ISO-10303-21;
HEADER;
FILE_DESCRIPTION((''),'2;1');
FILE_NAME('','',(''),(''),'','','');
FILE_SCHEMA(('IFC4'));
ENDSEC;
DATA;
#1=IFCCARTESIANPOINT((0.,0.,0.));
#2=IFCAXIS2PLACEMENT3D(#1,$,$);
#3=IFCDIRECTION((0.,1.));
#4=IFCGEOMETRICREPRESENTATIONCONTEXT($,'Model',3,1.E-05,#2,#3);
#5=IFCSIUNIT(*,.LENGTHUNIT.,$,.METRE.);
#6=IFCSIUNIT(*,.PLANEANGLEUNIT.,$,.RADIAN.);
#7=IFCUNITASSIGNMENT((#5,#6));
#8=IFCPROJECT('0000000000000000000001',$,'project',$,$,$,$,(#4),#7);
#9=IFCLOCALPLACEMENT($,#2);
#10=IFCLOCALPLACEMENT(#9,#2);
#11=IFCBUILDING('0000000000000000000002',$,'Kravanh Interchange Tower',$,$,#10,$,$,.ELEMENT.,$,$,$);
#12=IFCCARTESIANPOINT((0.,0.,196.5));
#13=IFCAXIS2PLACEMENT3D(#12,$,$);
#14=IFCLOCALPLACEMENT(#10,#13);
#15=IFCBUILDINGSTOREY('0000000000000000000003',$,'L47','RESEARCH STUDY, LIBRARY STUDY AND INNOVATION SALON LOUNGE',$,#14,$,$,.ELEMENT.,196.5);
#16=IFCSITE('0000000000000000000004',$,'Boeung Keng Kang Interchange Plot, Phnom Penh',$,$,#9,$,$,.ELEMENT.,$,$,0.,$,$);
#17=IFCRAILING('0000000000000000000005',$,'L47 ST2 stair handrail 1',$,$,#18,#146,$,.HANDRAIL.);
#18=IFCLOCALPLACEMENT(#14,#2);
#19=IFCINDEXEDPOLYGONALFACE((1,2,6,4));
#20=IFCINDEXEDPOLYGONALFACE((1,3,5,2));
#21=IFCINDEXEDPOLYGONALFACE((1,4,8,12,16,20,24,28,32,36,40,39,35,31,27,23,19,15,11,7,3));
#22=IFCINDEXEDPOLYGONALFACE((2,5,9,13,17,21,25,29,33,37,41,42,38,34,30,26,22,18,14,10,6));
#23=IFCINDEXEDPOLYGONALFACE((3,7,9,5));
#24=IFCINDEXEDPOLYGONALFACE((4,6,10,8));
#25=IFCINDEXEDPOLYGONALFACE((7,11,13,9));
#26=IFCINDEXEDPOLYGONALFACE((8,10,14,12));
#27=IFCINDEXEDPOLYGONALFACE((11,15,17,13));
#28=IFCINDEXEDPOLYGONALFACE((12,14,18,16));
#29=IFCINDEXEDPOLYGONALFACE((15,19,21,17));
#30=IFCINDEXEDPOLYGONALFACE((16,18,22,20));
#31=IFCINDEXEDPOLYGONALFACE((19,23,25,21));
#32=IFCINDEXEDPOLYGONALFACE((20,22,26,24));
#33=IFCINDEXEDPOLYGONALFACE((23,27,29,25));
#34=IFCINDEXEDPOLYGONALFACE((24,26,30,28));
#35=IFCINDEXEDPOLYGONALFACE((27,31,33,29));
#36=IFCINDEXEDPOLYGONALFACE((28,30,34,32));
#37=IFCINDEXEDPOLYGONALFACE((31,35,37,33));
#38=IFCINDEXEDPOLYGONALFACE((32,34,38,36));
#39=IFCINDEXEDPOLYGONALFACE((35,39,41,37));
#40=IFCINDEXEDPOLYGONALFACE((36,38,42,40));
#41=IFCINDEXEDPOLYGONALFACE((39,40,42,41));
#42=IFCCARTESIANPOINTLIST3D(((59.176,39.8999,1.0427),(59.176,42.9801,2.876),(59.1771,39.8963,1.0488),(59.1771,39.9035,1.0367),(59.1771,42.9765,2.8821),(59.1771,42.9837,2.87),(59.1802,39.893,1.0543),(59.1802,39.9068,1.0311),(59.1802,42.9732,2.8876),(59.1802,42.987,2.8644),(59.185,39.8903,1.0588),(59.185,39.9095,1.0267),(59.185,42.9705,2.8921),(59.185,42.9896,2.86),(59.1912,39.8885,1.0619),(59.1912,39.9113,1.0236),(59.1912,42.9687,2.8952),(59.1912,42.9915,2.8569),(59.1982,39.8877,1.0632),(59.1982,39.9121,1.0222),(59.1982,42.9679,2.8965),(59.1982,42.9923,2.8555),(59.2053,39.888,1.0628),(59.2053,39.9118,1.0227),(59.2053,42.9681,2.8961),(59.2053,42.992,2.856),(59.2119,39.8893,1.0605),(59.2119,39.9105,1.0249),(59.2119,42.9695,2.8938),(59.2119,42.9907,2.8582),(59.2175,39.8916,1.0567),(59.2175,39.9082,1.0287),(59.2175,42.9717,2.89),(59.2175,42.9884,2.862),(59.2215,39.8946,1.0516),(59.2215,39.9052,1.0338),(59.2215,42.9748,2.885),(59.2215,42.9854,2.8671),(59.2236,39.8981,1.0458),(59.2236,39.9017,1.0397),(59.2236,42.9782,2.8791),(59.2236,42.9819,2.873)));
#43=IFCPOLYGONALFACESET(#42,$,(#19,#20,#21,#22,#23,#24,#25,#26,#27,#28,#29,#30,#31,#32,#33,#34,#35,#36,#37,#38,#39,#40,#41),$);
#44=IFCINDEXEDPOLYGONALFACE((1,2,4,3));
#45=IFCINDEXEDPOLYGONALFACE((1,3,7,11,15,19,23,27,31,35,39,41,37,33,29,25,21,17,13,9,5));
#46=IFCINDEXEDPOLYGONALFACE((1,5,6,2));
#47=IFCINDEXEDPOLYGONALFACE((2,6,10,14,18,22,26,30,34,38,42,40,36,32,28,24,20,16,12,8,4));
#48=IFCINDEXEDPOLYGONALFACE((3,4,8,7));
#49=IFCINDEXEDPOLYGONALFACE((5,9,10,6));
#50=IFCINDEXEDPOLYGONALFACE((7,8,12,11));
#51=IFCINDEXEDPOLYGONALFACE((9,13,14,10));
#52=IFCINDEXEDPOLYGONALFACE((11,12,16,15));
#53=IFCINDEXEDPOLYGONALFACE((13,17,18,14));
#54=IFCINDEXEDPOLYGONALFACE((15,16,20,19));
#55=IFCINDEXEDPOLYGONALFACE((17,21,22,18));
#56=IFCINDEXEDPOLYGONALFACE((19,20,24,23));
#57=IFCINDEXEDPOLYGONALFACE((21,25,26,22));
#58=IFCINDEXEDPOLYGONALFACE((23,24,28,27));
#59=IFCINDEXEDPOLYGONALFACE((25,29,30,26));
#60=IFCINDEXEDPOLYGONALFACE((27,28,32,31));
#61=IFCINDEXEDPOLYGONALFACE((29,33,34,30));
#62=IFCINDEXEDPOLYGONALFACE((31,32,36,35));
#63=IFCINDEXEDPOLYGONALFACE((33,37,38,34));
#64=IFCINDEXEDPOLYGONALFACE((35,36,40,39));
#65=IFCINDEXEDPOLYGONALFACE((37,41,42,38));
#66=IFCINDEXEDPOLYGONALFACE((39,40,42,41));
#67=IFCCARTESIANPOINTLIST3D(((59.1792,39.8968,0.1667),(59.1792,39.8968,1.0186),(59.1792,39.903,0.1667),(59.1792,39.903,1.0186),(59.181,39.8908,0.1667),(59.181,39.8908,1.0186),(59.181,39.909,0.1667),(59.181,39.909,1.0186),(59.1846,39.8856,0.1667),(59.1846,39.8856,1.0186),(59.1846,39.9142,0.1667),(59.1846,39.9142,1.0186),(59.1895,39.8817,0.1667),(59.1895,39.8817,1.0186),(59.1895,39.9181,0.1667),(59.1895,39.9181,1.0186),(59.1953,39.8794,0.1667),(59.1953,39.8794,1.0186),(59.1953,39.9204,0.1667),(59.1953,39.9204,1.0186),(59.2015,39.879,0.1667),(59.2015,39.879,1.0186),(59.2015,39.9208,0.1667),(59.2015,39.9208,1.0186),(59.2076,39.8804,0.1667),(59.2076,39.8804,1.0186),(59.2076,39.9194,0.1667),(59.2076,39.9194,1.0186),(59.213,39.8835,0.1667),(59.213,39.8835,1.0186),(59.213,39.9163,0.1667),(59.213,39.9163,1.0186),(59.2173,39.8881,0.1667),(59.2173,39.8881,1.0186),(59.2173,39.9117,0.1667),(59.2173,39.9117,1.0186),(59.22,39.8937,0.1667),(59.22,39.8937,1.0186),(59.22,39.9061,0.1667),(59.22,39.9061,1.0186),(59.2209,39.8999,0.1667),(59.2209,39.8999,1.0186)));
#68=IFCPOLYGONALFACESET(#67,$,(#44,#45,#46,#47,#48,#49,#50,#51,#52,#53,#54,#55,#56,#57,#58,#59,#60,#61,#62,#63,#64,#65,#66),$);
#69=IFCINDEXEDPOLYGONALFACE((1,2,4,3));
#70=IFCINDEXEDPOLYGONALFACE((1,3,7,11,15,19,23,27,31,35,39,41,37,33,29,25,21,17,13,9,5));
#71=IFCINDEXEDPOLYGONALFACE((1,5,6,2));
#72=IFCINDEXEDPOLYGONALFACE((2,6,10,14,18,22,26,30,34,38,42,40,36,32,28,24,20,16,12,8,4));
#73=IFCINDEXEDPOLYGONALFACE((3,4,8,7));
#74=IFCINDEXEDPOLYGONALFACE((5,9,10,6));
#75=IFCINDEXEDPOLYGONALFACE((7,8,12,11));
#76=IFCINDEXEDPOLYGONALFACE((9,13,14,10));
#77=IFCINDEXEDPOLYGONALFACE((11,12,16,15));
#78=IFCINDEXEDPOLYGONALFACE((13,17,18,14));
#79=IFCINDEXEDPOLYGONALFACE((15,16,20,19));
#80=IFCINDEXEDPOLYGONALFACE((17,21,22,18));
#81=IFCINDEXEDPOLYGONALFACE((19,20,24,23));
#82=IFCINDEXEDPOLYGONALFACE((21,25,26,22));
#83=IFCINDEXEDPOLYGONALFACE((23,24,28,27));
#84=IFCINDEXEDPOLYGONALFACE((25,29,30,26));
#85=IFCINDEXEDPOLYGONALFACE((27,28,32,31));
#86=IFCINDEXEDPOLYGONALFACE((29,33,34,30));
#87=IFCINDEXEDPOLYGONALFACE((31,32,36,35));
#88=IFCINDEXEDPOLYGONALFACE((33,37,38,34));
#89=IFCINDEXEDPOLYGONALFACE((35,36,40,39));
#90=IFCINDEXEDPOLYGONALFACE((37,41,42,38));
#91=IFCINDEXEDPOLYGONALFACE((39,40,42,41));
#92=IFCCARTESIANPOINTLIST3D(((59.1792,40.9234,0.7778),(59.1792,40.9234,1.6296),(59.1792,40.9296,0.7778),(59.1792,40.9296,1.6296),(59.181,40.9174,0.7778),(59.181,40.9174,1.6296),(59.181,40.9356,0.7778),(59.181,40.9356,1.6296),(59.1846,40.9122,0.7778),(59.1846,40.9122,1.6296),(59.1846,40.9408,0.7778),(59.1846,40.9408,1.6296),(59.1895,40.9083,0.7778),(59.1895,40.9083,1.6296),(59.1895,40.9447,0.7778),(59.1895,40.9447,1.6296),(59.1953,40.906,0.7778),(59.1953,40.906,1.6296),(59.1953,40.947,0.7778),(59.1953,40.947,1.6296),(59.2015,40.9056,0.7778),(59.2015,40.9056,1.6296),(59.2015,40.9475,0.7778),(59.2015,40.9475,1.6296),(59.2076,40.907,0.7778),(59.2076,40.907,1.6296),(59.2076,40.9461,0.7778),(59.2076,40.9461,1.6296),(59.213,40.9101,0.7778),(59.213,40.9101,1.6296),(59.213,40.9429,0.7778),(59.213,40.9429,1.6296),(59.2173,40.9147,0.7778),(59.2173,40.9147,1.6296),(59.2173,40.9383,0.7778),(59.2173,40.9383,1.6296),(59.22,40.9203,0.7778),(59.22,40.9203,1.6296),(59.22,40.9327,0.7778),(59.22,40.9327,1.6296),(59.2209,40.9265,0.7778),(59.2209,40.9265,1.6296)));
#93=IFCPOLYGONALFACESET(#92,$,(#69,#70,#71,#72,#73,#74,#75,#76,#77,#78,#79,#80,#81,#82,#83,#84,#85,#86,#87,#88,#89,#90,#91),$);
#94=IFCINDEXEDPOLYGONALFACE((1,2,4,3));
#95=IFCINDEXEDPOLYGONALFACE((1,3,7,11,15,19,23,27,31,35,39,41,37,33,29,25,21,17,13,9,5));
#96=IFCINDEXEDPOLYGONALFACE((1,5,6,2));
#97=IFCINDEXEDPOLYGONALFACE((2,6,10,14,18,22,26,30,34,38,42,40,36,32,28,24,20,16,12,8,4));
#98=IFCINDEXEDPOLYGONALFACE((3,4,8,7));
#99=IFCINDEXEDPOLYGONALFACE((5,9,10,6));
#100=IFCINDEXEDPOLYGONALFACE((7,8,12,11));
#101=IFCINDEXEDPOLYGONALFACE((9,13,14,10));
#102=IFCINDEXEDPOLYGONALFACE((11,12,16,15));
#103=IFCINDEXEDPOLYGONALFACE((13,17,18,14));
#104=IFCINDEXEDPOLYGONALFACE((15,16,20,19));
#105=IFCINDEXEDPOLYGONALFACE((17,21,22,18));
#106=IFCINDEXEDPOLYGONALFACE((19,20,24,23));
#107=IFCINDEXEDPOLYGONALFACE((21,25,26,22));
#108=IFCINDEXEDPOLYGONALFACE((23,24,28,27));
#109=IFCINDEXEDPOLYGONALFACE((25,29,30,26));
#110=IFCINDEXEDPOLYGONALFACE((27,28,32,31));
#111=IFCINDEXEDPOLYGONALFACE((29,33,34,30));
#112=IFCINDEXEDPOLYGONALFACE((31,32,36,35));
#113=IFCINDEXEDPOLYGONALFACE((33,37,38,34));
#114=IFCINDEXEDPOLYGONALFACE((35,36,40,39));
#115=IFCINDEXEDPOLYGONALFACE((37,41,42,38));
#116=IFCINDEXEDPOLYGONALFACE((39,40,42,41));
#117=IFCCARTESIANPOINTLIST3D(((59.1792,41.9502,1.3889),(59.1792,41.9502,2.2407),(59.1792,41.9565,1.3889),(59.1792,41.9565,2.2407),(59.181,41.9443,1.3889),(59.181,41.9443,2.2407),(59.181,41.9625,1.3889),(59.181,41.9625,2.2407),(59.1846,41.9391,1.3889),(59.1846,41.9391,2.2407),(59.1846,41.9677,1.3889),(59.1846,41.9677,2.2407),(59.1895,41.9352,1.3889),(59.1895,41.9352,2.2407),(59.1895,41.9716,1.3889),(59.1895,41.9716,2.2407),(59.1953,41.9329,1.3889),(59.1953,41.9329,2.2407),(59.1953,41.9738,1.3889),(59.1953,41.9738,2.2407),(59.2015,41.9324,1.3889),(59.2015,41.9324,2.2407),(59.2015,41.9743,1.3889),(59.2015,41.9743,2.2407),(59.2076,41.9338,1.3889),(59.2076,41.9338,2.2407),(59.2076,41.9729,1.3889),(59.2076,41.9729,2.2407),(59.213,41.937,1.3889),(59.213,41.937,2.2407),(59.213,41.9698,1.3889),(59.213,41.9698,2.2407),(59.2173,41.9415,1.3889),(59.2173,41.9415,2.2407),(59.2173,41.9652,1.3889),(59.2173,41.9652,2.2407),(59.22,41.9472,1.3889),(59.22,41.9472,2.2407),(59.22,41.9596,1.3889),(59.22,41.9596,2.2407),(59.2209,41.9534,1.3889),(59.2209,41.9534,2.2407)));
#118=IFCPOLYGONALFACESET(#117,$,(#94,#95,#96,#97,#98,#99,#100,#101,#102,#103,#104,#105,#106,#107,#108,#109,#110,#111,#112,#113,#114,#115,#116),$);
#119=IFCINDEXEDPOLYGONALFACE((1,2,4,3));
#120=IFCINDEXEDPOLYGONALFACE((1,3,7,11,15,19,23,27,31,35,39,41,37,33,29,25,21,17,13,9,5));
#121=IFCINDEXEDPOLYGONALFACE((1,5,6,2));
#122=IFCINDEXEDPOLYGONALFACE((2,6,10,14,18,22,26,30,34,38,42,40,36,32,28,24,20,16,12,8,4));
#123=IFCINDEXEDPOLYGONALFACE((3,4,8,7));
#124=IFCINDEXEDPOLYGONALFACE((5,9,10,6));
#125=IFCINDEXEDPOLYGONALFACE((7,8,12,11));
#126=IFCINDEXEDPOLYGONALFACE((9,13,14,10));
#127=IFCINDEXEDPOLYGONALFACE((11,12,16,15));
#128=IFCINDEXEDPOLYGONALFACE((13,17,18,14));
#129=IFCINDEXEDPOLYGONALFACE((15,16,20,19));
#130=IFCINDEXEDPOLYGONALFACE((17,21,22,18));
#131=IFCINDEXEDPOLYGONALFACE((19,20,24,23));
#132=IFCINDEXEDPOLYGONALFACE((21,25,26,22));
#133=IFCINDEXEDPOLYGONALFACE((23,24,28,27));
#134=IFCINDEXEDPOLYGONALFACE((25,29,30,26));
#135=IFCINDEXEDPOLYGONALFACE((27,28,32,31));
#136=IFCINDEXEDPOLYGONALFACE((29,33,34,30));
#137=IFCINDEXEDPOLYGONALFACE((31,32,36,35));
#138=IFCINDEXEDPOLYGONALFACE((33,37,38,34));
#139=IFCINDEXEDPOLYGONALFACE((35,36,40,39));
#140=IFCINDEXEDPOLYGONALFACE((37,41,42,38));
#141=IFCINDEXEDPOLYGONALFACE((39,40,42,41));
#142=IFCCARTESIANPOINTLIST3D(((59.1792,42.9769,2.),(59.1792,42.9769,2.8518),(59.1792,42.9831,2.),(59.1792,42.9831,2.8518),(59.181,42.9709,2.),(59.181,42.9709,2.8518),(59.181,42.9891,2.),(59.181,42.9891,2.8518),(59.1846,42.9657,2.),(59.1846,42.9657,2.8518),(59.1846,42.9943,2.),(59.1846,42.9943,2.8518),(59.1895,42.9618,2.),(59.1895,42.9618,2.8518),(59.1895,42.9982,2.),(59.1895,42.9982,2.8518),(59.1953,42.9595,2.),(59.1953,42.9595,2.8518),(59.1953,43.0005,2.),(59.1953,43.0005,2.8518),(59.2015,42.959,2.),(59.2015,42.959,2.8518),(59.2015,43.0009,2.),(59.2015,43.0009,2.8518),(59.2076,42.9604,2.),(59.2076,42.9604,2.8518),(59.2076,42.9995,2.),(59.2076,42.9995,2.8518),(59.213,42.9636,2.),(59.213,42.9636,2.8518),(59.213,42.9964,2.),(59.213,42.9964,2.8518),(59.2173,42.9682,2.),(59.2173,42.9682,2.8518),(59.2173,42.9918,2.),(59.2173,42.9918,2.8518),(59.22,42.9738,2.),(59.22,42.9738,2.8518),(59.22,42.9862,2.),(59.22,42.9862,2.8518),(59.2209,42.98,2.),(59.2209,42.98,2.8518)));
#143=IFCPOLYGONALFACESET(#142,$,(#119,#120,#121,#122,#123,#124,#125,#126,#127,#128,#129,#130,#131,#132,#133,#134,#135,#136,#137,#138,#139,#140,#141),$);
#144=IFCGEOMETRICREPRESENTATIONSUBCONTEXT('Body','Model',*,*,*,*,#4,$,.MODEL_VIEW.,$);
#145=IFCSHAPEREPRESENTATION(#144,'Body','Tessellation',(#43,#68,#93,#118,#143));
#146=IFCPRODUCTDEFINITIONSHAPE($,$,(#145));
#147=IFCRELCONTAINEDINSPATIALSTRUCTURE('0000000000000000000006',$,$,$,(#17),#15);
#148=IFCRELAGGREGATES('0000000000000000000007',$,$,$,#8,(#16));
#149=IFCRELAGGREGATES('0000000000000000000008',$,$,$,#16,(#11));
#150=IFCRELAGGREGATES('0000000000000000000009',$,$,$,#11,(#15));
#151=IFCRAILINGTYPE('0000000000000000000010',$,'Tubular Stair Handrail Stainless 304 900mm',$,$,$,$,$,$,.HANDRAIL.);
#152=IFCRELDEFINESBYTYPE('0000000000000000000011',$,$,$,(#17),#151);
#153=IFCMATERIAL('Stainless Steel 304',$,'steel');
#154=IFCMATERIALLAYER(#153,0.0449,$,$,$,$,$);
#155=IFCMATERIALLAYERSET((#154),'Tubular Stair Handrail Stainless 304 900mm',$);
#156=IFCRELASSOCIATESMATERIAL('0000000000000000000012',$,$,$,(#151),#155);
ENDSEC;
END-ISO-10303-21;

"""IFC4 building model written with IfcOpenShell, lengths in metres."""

from ifc_helpers import new_model, si_unit, direction, frame, origin, origin_2d, place, context, subcontext, project, spatial, circle, extrude, material, layer, layer_set, type_object, element, save


model = new_model("IFC4")

# Units and contexts
model_context = context("Model", 3, precision=1e-05, world=origin(), true_north=direction((0.0, 1.0)))
body_context = subcontext(model_context, "Body", "Model", "MODEL_VIEW")
ifc_project = project(units=[si_unit("LENGTHUNIT", "METRE"), si_unit("PLANEANGLEUNIT", "RADIAN")], contexts=[model_context])

# Site, building, storey
site_placement = place(None, origin())
site = spatial("IfcSite", under=ifc_project, at=site_placement, Name="Boeung Keng Kang Interchange Plot, Phnom Penh", CompositionType="ELEMENT", RefElevation=0.0)
building_placement = place(site_placement, origin())
building = spatial("IfcBuilding", under=site, at=building_placement, Name="Kravanh Interchange Tower", CompositionType="ELEMENT")
storey_placement = place(building_placement, frame((0.0, 0.0, 196.5)))
storey = spatial("IfcBuildingStorey", under=building, at=storey_placement, Name="L47", Description="RESEARCH STUDY, LIBRARY STUDY AND INNOVATION SALON LOUNGE", CompositionType="ELEMENT", Elevation=196.5)

# Railing
ifc_material_1 = material(Name="Stainless Steel 304", Category="steel")
ifc_layer_1 = layer(ifc_material_1, 0.0449)
ifc_layer_set_1 = layer_set([ifc_layer_1], Name="Tubular Stair Handrail Stainless 304 900mm")
railing_type_1 = type_object("IfcRailingType", Name="Tubular Stair Handrail Stainless 304 900mm", PredefinedType="HANDRAIL", material=ifc_layer_set_1)
railing_1_placement = place(storey_placement, frame((59.2, 39.8999, 0.1667)))
element("IfcRailing", 1, at=railing_1_placement, inside=storey, type_object=railing_type_1, Name="L47 ST2 stair handrail 1", PredefinedType="HANDRAIL", context=body_context, shape_type="SweptSolid", body=[
    extrude(circle(Radius=0.0239, at=origin_2d()), frame((0.0, 0.0, 0.876), z_axis=(0.0, 0.859309, 0.511458), x_axis=(-1.0, 0.0, 0.0)), (0.0, 0.0, 1.0), 3.5845),
    extrude(circle(Radius=0.021, at=origin_2d()), origin(), (0.0, 0.0, 1.0), 0.8518),
    extrude(circle(Radius=0.021, at=origin_2d()), frame((0.0, 1.0266, 0.6111)), (0.0, 0.0, 1.0), 0.8518),
    extrude(circle(Radius=0.021, at=origin_2d()), frame((0.0, 2.0535, 1.2222)), (0.0, 0.0, 1.0), 0.8518),
    extrude(circle(Radius=0.021, at=origin_2d()), frame((0.0, 3.0801, 1.8333)), (0.0, 0.0, 1.0), 0.8518),
])

save(model, "model.ifc")
